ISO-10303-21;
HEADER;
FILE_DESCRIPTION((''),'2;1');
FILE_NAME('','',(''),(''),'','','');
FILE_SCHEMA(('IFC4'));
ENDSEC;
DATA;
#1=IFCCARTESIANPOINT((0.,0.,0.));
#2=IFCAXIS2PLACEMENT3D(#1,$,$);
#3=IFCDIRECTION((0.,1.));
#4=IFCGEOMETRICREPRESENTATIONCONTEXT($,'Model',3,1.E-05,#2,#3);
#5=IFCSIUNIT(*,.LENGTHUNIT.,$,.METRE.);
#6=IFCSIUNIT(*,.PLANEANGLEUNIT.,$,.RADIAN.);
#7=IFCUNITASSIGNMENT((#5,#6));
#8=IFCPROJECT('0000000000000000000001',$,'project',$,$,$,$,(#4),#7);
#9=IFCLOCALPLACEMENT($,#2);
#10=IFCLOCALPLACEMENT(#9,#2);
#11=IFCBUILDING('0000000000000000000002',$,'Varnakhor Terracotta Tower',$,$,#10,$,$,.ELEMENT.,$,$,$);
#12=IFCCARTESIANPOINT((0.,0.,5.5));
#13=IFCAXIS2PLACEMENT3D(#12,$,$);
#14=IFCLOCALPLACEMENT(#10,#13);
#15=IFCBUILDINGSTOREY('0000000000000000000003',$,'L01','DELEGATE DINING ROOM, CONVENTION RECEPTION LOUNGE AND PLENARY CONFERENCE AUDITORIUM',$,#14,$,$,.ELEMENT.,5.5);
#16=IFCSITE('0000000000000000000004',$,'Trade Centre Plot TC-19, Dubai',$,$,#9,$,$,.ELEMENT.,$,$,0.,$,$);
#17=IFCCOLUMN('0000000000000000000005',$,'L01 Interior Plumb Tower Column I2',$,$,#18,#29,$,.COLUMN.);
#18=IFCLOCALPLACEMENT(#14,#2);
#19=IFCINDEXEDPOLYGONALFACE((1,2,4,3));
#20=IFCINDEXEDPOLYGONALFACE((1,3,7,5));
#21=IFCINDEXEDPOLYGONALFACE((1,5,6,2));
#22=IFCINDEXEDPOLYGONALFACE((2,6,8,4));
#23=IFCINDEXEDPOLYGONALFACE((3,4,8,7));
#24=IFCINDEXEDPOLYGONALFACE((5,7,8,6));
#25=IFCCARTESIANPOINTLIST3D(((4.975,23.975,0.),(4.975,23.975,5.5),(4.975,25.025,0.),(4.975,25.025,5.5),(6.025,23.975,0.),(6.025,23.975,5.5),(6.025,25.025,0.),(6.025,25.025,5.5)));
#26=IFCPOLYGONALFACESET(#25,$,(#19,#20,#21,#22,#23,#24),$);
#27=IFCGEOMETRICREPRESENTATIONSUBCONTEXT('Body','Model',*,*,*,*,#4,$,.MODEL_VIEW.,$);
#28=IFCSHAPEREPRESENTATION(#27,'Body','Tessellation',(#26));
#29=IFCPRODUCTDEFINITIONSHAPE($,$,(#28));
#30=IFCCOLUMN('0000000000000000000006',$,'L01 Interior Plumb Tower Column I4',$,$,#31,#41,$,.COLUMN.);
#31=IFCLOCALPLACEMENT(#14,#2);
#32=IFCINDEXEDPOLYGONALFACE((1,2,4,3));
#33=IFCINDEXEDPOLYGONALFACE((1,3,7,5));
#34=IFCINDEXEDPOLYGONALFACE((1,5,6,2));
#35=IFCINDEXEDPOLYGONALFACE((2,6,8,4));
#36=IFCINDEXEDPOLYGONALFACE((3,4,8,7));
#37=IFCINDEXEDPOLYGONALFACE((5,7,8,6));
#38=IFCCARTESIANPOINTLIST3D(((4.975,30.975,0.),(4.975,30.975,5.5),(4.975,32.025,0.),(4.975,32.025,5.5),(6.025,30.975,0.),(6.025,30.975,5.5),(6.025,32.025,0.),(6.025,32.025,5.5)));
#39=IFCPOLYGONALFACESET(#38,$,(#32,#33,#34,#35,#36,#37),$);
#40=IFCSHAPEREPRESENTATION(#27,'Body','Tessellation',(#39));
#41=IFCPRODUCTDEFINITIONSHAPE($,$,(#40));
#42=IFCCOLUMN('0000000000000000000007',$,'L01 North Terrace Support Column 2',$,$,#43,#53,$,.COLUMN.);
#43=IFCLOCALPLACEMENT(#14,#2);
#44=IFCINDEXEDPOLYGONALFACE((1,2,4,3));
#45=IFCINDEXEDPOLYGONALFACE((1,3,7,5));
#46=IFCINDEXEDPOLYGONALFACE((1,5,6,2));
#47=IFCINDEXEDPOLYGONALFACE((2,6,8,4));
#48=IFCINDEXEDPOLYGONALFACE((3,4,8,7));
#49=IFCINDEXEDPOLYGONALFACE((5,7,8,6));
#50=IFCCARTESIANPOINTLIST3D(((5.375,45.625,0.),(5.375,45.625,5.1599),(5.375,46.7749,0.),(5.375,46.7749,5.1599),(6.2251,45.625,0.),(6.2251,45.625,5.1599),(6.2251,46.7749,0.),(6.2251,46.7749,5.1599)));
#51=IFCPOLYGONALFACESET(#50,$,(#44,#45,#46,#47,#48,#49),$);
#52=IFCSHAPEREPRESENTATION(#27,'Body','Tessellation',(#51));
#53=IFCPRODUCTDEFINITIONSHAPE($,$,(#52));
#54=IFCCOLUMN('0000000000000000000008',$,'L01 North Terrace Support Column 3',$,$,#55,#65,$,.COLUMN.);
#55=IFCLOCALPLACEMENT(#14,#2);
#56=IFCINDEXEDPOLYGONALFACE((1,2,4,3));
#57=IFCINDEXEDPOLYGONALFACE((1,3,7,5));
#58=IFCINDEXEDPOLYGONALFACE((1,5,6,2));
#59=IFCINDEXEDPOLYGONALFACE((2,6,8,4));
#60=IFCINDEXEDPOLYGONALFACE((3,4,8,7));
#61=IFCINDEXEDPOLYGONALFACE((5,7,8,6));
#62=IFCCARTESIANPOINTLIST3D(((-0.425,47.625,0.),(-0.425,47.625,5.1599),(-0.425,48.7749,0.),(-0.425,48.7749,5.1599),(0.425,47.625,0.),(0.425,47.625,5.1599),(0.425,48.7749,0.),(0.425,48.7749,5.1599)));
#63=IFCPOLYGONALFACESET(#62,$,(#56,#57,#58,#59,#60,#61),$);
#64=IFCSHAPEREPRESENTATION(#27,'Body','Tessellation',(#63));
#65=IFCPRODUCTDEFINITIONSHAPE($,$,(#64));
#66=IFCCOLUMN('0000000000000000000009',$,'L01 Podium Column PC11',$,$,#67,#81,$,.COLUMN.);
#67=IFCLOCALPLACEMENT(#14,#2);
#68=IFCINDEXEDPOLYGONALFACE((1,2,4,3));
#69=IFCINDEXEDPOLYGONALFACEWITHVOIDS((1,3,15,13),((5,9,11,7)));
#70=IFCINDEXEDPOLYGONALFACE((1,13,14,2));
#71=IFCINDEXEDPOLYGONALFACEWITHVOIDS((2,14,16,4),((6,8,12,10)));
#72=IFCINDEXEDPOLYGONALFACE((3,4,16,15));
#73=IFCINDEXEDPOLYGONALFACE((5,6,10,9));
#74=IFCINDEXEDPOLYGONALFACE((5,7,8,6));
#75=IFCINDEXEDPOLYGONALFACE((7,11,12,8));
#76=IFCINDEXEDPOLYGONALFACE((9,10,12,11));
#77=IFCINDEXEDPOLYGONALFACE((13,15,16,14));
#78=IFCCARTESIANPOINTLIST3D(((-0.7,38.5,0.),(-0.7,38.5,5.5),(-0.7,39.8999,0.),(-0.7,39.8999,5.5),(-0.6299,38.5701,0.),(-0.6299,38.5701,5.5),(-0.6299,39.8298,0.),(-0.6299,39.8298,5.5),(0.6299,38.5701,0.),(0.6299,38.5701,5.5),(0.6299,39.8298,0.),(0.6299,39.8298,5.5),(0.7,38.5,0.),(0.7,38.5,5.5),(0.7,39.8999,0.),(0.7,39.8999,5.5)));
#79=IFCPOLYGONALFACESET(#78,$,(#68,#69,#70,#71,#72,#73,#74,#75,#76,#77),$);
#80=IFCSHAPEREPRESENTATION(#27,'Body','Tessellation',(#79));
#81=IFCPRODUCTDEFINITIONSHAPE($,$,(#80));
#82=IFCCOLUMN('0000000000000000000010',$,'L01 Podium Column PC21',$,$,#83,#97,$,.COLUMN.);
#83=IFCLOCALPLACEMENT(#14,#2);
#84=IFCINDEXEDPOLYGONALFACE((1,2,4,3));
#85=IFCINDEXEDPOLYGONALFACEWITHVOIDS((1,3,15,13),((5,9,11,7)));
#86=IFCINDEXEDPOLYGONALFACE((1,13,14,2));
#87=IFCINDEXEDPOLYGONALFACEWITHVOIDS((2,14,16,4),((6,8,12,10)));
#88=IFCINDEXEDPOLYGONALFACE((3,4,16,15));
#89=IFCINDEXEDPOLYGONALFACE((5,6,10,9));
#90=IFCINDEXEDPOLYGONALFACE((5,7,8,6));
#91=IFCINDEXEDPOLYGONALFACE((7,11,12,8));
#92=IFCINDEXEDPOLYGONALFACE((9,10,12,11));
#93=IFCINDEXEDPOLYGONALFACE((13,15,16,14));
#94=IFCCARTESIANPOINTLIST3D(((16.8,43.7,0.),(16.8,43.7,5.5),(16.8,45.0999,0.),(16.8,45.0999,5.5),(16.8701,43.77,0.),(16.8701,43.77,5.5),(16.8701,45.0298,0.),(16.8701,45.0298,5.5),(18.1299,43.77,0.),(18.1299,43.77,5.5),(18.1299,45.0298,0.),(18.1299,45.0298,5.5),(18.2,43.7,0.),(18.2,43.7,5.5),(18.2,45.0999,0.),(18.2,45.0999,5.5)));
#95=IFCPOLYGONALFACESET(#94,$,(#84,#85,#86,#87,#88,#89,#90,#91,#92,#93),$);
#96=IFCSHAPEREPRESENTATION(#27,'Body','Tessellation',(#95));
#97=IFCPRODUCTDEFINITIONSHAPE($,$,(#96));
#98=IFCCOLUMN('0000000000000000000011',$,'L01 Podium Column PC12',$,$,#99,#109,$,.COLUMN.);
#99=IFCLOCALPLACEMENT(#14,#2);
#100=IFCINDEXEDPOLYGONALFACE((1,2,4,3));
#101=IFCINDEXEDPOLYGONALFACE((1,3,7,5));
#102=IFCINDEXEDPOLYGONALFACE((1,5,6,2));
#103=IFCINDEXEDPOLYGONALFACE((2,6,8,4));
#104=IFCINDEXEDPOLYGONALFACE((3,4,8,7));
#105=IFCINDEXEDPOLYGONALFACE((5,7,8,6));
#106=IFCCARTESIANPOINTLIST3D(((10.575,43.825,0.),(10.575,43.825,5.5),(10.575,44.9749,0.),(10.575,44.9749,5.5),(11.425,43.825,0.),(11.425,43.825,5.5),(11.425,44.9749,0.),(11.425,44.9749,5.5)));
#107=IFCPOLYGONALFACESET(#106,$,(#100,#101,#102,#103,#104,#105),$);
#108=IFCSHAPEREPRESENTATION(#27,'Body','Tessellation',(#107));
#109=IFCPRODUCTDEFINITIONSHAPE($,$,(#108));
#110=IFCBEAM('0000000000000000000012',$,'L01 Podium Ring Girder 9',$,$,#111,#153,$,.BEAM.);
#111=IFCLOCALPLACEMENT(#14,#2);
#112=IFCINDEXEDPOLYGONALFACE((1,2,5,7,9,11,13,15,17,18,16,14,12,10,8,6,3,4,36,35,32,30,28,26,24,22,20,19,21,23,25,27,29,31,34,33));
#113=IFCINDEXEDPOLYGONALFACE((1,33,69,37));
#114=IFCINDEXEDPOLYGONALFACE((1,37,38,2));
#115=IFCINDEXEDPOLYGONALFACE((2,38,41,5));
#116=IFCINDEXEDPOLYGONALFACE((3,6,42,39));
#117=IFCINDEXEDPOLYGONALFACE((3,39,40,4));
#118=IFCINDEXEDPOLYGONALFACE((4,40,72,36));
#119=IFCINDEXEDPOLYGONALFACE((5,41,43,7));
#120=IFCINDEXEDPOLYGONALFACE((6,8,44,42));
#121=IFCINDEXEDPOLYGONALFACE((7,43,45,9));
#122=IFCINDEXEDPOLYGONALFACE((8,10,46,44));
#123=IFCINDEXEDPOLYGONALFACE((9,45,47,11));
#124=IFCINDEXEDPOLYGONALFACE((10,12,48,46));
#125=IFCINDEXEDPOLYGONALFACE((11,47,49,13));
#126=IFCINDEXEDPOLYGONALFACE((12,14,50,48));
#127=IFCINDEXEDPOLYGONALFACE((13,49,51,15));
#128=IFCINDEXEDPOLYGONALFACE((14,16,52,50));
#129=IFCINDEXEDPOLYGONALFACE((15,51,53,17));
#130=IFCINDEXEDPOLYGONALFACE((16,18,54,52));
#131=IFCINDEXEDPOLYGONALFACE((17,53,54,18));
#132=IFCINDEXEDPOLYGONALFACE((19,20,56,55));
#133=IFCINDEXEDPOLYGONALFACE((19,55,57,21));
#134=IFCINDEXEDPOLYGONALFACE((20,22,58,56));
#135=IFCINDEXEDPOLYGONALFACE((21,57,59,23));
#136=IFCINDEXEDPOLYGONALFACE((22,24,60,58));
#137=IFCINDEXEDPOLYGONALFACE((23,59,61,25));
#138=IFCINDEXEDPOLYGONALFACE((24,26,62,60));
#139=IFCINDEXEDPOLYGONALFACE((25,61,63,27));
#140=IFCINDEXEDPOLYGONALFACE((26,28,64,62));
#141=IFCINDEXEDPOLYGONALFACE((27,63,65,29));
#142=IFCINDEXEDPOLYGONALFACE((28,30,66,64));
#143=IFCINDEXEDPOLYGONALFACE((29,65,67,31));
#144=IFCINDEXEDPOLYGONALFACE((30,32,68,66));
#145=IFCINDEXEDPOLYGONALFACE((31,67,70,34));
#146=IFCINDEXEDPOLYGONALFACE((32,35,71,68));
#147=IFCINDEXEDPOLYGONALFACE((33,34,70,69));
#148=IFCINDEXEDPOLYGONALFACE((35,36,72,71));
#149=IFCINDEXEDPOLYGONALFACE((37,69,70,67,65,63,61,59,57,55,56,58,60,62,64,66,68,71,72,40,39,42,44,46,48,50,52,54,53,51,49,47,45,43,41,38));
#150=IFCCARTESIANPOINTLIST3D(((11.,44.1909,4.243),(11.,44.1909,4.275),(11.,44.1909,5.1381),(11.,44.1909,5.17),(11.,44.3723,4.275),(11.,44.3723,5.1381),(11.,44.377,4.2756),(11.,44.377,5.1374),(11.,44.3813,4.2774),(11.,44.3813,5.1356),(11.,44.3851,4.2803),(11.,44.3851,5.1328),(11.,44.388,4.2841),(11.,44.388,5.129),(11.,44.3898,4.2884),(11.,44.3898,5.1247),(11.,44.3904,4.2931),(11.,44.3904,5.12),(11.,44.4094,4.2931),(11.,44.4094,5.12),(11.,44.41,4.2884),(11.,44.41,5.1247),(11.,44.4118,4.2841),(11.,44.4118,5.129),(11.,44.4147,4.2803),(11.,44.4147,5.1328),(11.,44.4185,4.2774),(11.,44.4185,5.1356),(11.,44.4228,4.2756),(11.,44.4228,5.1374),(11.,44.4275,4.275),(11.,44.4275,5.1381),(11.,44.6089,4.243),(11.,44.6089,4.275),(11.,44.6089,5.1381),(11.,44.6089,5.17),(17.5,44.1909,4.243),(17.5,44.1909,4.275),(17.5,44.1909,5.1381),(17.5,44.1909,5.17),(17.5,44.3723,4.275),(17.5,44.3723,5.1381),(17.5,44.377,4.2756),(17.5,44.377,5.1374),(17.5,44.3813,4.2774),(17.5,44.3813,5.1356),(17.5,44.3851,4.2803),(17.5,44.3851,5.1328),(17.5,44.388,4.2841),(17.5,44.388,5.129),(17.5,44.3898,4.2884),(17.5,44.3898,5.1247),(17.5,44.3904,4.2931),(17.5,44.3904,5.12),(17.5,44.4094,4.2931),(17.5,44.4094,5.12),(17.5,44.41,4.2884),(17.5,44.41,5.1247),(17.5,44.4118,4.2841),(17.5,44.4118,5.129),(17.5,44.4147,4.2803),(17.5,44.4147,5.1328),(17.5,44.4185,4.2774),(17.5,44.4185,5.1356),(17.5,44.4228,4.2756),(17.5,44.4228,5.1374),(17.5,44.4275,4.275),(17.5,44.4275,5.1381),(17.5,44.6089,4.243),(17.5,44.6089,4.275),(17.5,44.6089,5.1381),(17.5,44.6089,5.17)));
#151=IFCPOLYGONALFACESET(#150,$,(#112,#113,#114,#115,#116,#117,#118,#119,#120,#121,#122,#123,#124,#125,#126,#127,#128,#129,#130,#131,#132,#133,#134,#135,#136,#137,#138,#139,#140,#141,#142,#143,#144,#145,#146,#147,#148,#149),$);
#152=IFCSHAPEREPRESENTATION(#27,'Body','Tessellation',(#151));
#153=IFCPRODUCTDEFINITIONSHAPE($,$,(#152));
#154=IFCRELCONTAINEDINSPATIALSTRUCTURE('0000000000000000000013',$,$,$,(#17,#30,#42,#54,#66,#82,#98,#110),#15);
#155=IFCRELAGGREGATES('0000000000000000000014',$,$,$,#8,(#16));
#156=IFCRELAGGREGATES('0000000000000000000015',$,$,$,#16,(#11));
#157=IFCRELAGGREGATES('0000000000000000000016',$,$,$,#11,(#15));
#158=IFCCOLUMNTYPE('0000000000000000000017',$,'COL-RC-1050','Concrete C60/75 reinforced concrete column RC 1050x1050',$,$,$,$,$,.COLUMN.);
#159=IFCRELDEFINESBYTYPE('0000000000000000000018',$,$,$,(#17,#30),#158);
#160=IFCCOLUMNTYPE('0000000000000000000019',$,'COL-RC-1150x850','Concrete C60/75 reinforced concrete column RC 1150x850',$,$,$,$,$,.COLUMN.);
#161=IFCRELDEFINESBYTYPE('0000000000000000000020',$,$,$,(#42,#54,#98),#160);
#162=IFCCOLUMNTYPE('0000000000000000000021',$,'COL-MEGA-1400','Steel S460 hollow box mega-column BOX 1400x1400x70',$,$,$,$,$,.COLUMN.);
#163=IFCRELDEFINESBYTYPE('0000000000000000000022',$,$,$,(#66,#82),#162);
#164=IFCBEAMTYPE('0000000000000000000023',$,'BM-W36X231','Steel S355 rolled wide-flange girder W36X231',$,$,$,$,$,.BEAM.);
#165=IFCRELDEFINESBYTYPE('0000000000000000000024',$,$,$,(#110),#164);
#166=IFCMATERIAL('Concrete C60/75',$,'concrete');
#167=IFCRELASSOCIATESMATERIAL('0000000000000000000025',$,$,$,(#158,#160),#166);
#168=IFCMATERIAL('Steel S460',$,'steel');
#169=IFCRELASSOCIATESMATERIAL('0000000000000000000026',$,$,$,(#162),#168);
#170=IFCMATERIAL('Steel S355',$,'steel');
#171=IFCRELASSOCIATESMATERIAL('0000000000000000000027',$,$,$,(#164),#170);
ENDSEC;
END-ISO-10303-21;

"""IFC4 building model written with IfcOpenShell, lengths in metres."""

from ifc_helpers import new_model, si_unit, direction, frame, origin, origin_2d, place, context, subcontext, project, spatial, rectangle, hollow_rectangle, i_section, extrude, source, transform, mapped, material, material_profile, profile_set, type_object, type_shapes, element, save


model = new_model("IFC4")

# Units and contexts
model_context = context("Model", 3, precision=1e-05, world=origin(), true_north=direction((0.0, 1.0)))
body_context = subcontext(model_context, "Body", "Model", "MODEL_VIEW")
ifc_project = project(units=[si_unit("LENGTHUNIT", "METRE"), si_unit("PLANEANGLEUNIT", "RADIAN")], contexts=[model_context])

# Site, building, storey
site_placement = place(None, origin())
site = spatial("IfcSite", under=ifc_project, at=site_placement, Name="Trade Centre Plot TC-19, Dubai", CompositionType="ELEMENT", RefElevation=0.0)
building_placement = place(site_placement, origin())
building = spatial("IfcBuilding", under=site, at=building_placement, Name="Varnakhor Terracotta Tower", CompositionType="ELEMENT")
storey_placement = place(building_placement, frame((0.0, 0.0, 5.5)))
storey = spatial("IfcBuildingStorey", under=building, at=storey_placement, Name="L01", Description="DELEGATE DINING ROOM, CONVENTION RECEPTION LOUNGE AND PLENARY CONFERENCE AUDITORIUM", CompositionType="ELEMENT", Elevation=5.5)

# Columns
ifc_material_1 = material(Name="Concrete C60/75", Category="concrete")
ifc_material_profile_1 = material_profile(ifc_material_1, rectangle(XDim=1.05, YDim=1.05, at=origin_2d()), Name="RC 1050x1050")
ifc_profile_set_1 = profile_set([ifc_material_profile_1], Name="Concrete C60/75")
column_type_1 = type_object("IfcColumnType", Name="COL-RC-1050", Description="Concrete C60/75 reinforced concrete column RC 1050x1050", PredefinedType="COLUMN", material=ifc_profile_set_1)
shared_shape_1 = source(origin(), body_context, "Body", "SweptSolid", [
    extrude(rectangle(XDim=1.05, YDim=1.05, at=origin_2d()), origin(), (0.0, 0.0, 1.0), 5.5),
])
type_shapes(column_type_1, [shared_shape_1])
for number, where, z_axis, x_axis, name in (
    (1, (5.5, 24.5, 0.0), (0.0, 0.0, 1.0), (1.0, 0.0, 0.0), "L01 Interior Plumb Tower Column I2"),
    (2, (5.5, 31.5, 0.0), (0.0, 0.0, 1.0), (1.0, 0.0, 0.0), "L01 Interior Plumb Tower Column I4"),
):
    element("IfcColumn", number, at=place(storey_placement, frame(where, z_axis=z_axis, x_axis=x_axis)), inside=storey, type_object=column_type_1, Name=name, PredefinedType="COLUMN", context=body_context, shape_type="MappedRepresentation", body=[
        mapped(shared_shape_1, transform((0.0, 0.0, 0.0), scale=1.0)),
    ])
ifc_material_profile_2 = material_profile(ifc_material_1, rectangle(XDim=0.8501, YDim=1.1499, at=origin_2d()), Name="RC 1150x850")
ifc_profile_set_2 = profile_set([ifc_material_profile_2], Name="Concrete C60/75")
column_type_2 = type_object("IfcColumnType", Name="COL-RC-1150x850", Description="Concrete C60/75 reinforced concrete column RC 1150x850", PredefinedType="COLUMN", material=ifc_profile_set_2)
shared_shape_2 = source(origin(), body_context, "Body", "SweptSolid", [
    extrude(rectangle(XDim=0.8501, YDim=1.1499, at=origin_2d()), origin(), (0.0, 0.0, 1.0), 5.1599),
])
for number, where, z_axis, x_axis, name in (
    (3, (5.8, 46.2, 0.0), (0.0, 0.0, 1.0), (1.0, 0.0, 0.0), "L01 North Terrace Support Column 2"),
    (4, (0.0, 48.2, 0.0), (0.0, 0.0, 1.0), (1.0, 0.0, 0.0), "L01 North Terrace Support Column 3"),
):
    element("IfcColumn", number, at=place(storey_placement, frame(where, z_axis=z_axis, x_axis=x_axis)), inside=storey, type_object=column_type_2, Name=name, PredefinedType="COLUMN", context=body_context, shape_type="MappedRepresentation", body=[
        mapped(shared_shape_2, transform((0.0, 0.0, 0.0), scale=1.0)),
    ])
ifc_material_2 = material(Name="Steel S460", Category="steel")
ifc_material_profile_3 = material_profile(ifc_material_2, hollow_rectangle(XDim=1.3999, YDim=1.3999, WallThickness=0.0701, at=origin_2d()), Name="BOX 1400x1400x70")
ifc_profile_set_3 = profile_set([ifc_material_profile_3], Name="Steel S460")
column_type_3 = type_object("IfcColumnType", Name="COL-MEGA-1400", Description="Steel S460 hollow box mega-column BOX 1400x1400x70", PredefinedType="COLUMN", material=ifc_profile_set_3)
shared_shape_3 = source(origin(), body_context, "Body", "SweptSolid", [
    extrude(hollow_rectangle(XDim=1.3999, YDim=1.3999, WallThickness=0.0701, at=origin_2d()), origin(), (0.0, 0.0, 1.0), 5.5),
])
for number, where, z_axis, x_axis, name in (
    (5, (0.0, 39.2, 0.0), (0.0, 0.0, 1.0), (1.0, 0.0, 0.0), "L01 Podium Column PC11"),
    (6, (17.5, 44.3999, 0.0), (0.0, 0.0, 1.0), (1.0, 0.0, 0.0), "L01 Podium Column PC21"),
):
    element("IfcColumn", number, at=place(storey_placement, frame(where, z_axis=z_axis, x_axis=x_axis)), inside=storey, type_object=column_type_3, Name=name, PredefinedType="COLUMN", context=body_context, shape_type="MappedRepresentation", body=[
        mapped(shared_shape_3, transform((0.0, 0.0, 0.0), scale=1.0)),
    ])
shared_shape_4 = source(origin(), body_context, "Body", "SweptSolid", [
    extrude(rectangle(XDim=0.8501, YDim=1.1499, at=origin_2d()), origin(), (0.0, 0.0, 1.0), 5.5),
])
column_placement = place(storey_placement, frame((11.0, 44.3999, 0.0), z_axis=(0.0, 0.0, 1.0), x_axis=(1.0, 0.0, 0.0)))
element("IfcColumn", 7, at=column_placement, inside=storey, type_object=column_type_2, Name="L01 Podium Column PC12", PredefinedType="COLUMN", context=body_context, shape_type="MappedRepresentation", body=[
    mapped(shared_shape_4, transform((0.0, 0.0, 0.0), scale=1.0)),
])

# Beam
ifc_material_3 = material(Name="Steel S355", Category="steel")
ifc_material_profile_4 = material_profile(ifc_material_3, i_section(OverallWidth=0.418, OverallDepth=0.927, WebThickness=0.019, FlangeThickness=0.032, FilletRadius=0.0181, at=origin_2d()), Name="W36X231")
ifc_profile_set_4 = profile_set([ifc_material_profile_4], Name="Steel S355")
beam_type_1 = type_object("IfcBeamType", Name="BM-W36X231", Description="Steel S355 rolled wide-flange girder W36X231", PredefinedType="BEAM", material=ifc_profile_set_4)
shared_shape_5 = source(origin(), body_context, "Body", "SweptSolid", [
    extrude(i_section(OverallWidth=0.418, OverallDepth=0.927, WebThickness=0.019, FlangeThickness=0.032, FilletRadius=0.0181, at=origin_2d()), origin(), (0.0, 0.0, 1.0), 6.5),
])
beam_1_placement = place(storey_placement, frame((11.0, 44.3999, 4.7065), z_axis=(1.0, 0.0, 0.0), x_axis=(0.0, 1.0, 0.0)))
element("IfcBeam", 8, at=beam_1_placement, inside=storey, type_object=beam_type_1, Name="L01 Podium Ring Girder 9", PredefinedType="BEAM", context=body_context, shape_type="MappedRepresentation", body=[
    mapped(shared_shape_5, transform((0.0, 0.0, 0.0), scale=1.0)),
])

save(model, "model.ifc")
